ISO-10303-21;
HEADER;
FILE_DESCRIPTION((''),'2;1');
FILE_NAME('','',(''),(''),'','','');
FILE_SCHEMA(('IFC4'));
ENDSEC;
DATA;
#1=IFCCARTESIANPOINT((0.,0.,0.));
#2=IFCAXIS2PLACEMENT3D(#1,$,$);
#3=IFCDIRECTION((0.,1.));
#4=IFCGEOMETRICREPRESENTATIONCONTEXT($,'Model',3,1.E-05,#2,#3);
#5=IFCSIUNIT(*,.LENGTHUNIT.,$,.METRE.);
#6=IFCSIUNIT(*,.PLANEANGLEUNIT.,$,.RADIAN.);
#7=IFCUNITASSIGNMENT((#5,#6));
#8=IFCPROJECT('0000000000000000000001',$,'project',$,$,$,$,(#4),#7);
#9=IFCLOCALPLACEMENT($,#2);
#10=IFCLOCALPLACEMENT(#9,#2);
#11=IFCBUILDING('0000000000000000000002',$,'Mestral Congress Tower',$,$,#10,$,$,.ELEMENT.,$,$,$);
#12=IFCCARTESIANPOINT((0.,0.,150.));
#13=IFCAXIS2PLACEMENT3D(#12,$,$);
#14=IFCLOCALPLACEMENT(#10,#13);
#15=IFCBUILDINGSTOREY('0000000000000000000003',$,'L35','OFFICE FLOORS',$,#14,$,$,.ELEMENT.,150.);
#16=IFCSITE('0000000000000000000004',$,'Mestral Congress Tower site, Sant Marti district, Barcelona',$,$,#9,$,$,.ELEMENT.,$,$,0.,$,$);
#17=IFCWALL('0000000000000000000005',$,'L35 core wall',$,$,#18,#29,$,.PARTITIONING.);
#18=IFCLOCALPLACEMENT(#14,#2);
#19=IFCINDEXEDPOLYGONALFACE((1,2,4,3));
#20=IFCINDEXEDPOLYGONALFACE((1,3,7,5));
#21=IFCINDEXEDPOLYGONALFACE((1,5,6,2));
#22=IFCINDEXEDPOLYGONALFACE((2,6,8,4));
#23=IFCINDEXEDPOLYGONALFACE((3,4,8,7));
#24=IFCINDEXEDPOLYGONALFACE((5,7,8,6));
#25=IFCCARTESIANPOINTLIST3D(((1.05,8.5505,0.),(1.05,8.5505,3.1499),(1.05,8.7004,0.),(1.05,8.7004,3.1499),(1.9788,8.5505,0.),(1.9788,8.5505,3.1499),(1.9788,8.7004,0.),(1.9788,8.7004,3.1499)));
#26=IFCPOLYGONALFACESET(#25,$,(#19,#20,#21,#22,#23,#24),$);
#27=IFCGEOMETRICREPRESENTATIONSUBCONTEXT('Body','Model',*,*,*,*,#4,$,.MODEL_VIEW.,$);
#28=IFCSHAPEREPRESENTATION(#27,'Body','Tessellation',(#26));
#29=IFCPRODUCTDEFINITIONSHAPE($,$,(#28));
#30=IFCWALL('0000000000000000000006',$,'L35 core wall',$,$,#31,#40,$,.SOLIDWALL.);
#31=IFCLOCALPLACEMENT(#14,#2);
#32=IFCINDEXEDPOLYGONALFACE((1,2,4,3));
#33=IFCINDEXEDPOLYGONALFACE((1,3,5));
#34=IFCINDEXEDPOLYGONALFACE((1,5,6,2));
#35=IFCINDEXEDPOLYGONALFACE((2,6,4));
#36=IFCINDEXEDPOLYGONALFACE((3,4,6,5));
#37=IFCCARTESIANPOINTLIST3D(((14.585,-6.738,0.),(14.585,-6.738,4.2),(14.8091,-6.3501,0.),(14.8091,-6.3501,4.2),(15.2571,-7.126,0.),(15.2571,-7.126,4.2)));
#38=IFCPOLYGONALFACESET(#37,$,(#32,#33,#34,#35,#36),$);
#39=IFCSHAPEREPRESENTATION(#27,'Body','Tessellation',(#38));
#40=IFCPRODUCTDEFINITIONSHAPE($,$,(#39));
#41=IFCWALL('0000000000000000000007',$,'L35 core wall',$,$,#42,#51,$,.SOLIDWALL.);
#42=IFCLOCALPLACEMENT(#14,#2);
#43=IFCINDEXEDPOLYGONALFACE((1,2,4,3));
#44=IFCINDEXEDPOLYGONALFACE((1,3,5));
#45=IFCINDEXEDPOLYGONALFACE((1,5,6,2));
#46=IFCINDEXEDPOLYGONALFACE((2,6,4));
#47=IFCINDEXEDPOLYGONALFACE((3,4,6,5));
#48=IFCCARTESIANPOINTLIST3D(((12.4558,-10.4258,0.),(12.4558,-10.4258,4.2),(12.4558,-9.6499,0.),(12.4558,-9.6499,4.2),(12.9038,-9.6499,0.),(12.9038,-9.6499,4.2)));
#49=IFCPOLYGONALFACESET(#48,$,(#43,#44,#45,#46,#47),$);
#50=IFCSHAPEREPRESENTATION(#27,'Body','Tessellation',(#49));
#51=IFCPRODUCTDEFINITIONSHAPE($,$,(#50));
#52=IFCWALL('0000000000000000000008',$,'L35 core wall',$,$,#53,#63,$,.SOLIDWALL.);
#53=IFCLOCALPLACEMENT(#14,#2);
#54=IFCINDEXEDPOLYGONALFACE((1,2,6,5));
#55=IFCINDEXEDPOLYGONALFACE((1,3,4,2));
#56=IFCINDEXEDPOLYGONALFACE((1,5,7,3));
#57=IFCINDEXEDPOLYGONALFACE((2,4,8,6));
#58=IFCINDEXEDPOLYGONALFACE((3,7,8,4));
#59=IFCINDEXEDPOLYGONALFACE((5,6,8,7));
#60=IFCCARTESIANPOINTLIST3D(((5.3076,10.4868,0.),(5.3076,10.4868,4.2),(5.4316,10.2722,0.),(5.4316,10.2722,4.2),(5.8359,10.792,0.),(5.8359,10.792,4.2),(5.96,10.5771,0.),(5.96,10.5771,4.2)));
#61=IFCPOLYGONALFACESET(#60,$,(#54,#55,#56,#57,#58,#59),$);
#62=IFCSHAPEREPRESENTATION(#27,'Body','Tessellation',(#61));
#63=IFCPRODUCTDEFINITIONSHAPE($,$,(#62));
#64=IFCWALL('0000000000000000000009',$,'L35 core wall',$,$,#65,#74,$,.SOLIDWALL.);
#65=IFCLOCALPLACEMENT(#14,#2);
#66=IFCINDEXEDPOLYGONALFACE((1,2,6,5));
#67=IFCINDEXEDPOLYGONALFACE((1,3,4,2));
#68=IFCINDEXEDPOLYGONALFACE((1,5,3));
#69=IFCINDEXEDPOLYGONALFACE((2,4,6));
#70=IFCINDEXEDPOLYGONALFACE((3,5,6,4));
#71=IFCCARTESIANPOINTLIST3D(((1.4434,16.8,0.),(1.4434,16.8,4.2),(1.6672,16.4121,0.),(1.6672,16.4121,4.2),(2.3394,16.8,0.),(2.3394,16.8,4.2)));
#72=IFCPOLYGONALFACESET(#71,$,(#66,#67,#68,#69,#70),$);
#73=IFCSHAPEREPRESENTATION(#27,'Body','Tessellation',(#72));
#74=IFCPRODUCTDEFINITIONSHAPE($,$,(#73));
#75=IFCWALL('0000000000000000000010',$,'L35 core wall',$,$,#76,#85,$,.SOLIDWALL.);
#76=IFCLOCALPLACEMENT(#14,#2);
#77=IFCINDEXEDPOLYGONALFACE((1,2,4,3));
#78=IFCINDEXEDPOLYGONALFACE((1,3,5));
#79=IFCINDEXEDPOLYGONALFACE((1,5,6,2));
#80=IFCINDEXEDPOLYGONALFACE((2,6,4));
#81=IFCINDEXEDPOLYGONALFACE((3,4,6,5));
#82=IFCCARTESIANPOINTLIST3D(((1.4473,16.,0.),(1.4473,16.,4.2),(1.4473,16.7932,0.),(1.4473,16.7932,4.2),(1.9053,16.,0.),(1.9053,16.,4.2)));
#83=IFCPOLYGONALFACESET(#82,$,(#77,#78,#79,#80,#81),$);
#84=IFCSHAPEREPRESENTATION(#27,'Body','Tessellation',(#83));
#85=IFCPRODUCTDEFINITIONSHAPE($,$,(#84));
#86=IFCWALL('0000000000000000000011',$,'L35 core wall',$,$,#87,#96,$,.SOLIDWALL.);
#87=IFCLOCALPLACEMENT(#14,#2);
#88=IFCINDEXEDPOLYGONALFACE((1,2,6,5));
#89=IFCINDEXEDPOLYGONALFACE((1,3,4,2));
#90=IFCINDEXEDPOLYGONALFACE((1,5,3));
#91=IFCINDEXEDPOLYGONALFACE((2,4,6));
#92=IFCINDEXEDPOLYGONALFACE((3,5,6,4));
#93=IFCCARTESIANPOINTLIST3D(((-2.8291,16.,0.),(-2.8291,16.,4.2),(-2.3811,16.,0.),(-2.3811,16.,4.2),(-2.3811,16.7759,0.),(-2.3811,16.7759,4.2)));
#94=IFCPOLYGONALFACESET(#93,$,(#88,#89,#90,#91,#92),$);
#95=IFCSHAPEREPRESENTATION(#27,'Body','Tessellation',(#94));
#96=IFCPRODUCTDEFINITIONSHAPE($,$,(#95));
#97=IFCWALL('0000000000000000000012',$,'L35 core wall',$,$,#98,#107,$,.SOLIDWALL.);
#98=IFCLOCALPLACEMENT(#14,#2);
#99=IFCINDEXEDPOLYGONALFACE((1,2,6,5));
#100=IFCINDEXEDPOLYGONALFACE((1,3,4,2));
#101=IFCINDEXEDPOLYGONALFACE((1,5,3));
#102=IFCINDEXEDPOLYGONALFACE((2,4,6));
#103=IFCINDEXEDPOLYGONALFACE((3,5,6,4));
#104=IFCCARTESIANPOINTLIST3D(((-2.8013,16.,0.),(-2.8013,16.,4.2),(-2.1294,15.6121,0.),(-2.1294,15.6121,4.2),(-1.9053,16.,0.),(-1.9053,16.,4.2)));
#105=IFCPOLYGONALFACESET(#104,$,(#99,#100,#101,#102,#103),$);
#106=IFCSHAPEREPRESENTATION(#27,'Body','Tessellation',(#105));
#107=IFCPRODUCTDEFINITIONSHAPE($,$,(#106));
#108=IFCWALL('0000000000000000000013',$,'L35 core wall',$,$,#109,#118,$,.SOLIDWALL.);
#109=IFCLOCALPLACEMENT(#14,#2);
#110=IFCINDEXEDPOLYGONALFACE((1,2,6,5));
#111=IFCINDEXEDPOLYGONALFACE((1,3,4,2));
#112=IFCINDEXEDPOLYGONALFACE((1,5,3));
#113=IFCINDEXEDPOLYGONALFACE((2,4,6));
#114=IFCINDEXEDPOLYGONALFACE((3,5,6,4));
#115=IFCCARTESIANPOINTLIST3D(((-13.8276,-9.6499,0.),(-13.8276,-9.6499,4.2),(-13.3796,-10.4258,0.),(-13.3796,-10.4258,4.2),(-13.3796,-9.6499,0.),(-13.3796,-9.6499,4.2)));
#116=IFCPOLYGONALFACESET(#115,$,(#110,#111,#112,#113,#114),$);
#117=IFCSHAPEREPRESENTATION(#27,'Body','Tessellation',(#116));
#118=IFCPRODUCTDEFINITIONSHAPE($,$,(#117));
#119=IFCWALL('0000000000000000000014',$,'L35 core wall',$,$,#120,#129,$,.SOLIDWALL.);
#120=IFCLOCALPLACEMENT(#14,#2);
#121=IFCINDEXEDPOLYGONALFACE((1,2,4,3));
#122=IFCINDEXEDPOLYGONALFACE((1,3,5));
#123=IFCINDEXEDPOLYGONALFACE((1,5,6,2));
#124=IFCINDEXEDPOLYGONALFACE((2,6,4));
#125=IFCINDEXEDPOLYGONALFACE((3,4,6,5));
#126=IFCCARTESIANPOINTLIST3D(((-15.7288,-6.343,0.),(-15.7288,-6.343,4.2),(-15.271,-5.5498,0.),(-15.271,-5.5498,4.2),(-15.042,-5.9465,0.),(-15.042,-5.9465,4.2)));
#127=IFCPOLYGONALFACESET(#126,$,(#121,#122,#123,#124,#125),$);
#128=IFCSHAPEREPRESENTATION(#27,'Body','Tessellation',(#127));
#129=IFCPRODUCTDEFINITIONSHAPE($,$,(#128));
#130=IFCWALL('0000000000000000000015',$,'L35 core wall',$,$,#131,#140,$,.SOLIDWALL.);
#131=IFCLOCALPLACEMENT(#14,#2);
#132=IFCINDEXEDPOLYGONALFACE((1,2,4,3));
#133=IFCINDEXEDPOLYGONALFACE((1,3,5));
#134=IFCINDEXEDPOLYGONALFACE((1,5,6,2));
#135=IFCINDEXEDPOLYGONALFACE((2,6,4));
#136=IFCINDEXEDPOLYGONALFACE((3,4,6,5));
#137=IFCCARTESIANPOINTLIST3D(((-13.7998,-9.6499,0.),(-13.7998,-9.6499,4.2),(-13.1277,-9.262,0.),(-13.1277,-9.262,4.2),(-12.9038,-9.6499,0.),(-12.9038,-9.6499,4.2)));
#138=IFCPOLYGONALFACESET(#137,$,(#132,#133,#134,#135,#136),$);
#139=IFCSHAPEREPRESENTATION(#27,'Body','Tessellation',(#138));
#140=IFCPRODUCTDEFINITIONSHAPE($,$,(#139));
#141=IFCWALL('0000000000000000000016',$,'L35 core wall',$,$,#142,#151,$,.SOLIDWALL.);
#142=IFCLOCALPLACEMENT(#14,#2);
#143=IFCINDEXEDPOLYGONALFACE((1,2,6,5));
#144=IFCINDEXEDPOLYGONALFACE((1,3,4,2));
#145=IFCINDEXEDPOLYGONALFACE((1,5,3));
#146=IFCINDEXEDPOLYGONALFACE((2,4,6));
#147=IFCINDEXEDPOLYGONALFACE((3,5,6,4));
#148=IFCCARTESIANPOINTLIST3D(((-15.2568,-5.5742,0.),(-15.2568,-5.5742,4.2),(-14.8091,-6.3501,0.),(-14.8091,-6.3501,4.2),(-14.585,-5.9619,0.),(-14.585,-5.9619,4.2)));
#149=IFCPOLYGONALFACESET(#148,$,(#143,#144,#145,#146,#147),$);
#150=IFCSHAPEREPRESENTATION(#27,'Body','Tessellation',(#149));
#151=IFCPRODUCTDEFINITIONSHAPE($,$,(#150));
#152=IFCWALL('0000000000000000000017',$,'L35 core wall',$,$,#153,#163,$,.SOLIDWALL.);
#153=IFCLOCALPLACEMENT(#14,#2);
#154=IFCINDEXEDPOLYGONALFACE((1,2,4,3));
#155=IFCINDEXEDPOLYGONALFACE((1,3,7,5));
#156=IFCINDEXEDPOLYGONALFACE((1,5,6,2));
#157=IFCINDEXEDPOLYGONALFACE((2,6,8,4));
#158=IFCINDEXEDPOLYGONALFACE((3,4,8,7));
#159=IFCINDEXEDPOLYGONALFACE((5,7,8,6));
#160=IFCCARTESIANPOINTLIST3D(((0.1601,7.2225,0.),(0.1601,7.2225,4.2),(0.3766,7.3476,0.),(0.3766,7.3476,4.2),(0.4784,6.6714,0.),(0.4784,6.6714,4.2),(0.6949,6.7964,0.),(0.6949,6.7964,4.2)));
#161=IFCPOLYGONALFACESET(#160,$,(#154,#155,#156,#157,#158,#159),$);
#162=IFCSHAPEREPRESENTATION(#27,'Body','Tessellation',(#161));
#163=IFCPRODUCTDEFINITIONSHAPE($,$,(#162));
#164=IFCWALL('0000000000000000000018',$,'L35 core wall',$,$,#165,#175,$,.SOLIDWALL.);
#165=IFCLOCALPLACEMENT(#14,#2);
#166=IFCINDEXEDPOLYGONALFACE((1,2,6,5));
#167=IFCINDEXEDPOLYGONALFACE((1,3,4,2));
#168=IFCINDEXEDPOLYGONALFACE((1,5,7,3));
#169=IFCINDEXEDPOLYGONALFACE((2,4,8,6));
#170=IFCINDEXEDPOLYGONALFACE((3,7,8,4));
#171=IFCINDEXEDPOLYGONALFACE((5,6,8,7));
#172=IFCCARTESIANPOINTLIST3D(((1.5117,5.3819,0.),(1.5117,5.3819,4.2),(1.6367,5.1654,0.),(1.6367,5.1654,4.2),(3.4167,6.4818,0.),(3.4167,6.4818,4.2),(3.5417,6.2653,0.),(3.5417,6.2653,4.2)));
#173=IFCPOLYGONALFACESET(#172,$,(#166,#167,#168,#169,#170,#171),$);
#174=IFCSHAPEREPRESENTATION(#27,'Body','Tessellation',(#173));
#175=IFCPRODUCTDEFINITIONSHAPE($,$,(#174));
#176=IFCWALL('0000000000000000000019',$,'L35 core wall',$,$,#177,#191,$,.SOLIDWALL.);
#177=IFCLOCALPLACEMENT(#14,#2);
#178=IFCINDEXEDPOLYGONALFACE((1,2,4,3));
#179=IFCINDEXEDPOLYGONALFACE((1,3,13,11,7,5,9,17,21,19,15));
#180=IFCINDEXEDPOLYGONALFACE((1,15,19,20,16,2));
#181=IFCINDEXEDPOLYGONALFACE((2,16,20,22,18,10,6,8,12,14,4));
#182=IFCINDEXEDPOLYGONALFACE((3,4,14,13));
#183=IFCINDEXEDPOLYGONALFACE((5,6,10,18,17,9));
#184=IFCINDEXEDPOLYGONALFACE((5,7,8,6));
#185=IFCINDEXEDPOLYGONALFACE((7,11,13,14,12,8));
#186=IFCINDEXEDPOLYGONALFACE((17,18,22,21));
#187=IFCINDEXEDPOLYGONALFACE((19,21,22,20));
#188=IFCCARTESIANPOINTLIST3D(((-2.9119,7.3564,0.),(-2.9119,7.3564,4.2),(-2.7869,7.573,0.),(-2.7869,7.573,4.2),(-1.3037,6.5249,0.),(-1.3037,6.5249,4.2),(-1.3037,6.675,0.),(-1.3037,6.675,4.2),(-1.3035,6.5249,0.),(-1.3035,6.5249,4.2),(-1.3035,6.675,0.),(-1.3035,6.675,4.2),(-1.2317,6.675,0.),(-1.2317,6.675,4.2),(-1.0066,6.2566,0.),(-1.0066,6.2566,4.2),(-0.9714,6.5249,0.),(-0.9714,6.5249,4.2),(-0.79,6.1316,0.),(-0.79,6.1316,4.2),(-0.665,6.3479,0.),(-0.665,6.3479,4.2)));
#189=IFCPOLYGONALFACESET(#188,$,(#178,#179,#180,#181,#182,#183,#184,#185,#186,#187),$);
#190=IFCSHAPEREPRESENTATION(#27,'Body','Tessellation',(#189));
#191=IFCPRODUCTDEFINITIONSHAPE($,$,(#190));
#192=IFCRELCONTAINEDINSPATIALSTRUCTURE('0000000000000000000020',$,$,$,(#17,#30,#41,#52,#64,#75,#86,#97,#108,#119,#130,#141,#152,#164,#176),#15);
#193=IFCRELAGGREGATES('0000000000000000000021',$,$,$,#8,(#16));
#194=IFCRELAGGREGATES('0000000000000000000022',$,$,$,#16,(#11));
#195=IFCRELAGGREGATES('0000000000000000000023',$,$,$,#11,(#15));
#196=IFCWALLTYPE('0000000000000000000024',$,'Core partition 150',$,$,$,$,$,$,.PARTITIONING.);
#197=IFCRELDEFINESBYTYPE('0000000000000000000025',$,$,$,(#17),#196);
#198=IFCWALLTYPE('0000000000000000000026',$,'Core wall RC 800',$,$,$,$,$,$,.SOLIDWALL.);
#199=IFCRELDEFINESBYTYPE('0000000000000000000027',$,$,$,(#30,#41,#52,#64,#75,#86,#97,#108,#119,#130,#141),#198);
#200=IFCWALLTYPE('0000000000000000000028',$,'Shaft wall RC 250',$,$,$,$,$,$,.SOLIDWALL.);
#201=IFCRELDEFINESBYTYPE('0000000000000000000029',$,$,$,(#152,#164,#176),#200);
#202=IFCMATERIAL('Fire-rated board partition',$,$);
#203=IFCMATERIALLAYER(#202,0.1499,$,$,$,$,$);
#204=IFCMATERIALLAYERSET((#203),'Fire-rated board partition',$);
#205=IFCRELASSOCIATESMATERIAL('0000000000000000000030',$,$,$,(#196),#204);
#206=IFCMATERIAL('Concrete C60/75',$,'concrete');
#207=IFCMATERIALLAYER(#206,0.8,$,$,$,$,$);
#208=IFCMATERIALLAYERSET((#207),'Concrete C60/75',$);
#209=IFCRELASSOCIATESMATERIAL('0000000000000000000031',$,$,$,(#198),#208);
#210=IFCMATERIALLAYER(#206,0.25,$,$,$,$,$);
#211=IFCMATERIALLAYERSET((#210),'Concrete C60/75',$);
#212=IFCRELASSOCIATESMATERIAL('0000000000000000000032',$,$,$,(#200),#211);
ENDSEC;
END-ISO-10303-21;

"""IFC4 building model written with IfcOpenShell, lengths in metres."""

from ifc_helpers import new_model, si_unit, direction, frame, frame_2d, origin, place, context, subcontext, project, spatial, polyline, rectangle, outline, extrude, material, layer, layer_set, type_object, element, save


model = new_model("IFC4")

# Units and contexts
model_context = context("Model", 3, precision=1e-05, world=origin(), true_north=direction((0.0, 1.0)))
body_context = subcontext(model_context, "Body", "Model", "MODEL_VIEW")
ifc_project = project(units=[si_unit("LENGTHUNIT", "METRE"), si_unit("PLANEANGLEUNIT", "RADIAN")], contexts=[model_context])

# Site, building, storey
site_placement = place(None, origin())
site = spatial("IfcSite", under=ifc_project, at=site_placement, Name="Mestral Congress Tower site, Sant Marti district, Barcelona", CompositionType="ELEMENT", RefElevation=0.0)
building_placement = place(site_placement, origin())
building = spatial("IfcBuilding", under=site, at=building_placement, Name="Mestral Congress Tower", CompositionType="ELEMENT")
storey_placement = place(building_placement, frame((0.0, 0.0, 150.0)))
storey = spatial("IfcBuildingStorey", under=building, at=storey_placement, Name="L35", Description="OFFICE FLOORS", CompositionType="ELEMENT", Elevation=150.0)

# Walls
ifc_material_1 = material(Name="Fire-rated board partition")
ifc_layer_1 = layer(ifc_material_1, 0.1499)
ifc_layer_set_1 = layer_set([ifc_layer_1], Name="Fire-rated board partition")
wall_type_1 = type_object("IfcWallType", Name="Core partition 150", PredefinedType="PARTITIONING", material=ifc_layer_set_1)
wall_1_placement = place(storey_placement, frame((1.05, 8.6255, 0.0), z_axis=(0.0, 0.0, 1.0), x_axis=(1.0, 0.0, 0.0)))
element("IfcWall", 1, at=wall_1_placement, inside=storey, type_object=wall_type_1, Name="L35 core wall", PredefinedType="PARTITIONING", context=body_context, shape_type="SweptSolid", body=[
    extrude(rectangle(XDim=0.9287, YDim=0.1499, at=frame_2d((0.4644, 0.0))), origin(), (0.0, 0.0, 1.0), 3.1499),
])
ifc_material_2 = material(Name="Concrete C60/75", Category="concrete")
ifc_layer_2 = layer(ifc_material_2, 0.8)
ifc_layer_set_2 = layer_set([ifc_layer_2], Name="Concrete C60/75")
wall_type_2 = type_object("IfcWallType", Name="Core wall RC 800", PredefinedType="SOLIDWALL", material=ifc_layer_set_2)
placement = place(storey_placement, origin())
element("IfcWall", 2, at=placement, inside=storey, type_object=wall_type_2, Name="L35 core wall", PredefinedType="SOLIDWALL", context=body_context, shape_type="SweptSolid", body=[
    extrude(outline(polyline([(14.8091, -6.3501), (15.2571, -7.126), (14.585, -6.738), (14.8091, -6.3501)])), origin(), (0.0, 0.0, 1.0), 4.2),
])
element("IfcWall", 3, at=placement, inside=storey, type_object=wall_type_2, Name="L35 core wall", PredefinedType="SOLIDWALL", context=body_context, shape_type="SweptSolid", body=[
    extrude(outline(polyline([(12.9038, -9.6499), (12.4558, -10.4258), (12.4558, -9.6499), (12.9038, -9.6499)])), origin(), (0.0, 0.0, 1.0), 4.2),
])
element("IfcWall", 4, at=placement, inside=storey, type_object=wall_type_2, Name="L35 core wall", PredefinedType="SOLIDWALL", context=body_context, shape_type="SweptSolid", body=[
    extrude(outline(polyline([(5.4316, 10.2722), (5.3076, 10.4868), (5.8359, 10.792), (5.96, 10.5771), (5.4316, 10.2722)])), origin(), (0.0, 0.0, 1.0), 4.2),
])
element("IfcWall", 5, at=placement, inside=storey, type_object=wall_type_2, Name="L35 core wall", PredefinedType="SOLIDWALL", context=body_context, shape_type="SweptSolid", body=[
    extrude(outline(polyline([(1.4434, 16.8), (2.3394, 16.8), (1.6672, 16.4121), (1.4434, 16.8)])), origin(), (0.0, 0.0, 1.0), 4.2),
])
element("IfcWall", 6, at=placement, inside=storey, type_object=wall_type_2, Name="L35 core wall", PredefinedType="SOLIDWALL", context=body_context, shape_type="SweptSolid", body=[
    extrude(outline(polyline([(1.9053, 16.0), (1.4473, 16.0), (1.4473, 16.7932), (1.9053, 16.0)])), origin(), (0.0, 0.0, 1.0), 4.2),
])
element("IfcWall", 7, at=placement, inside=storey, type_object=wall_type_2, Name="L35 core wall", PredefinedType="SOLIDWALL", context=body_context, shape_type="SweptSolid", body=[
    extrude(outline(polyline([(-2.8291, 16.0), (-2.3811, 16.7759), (-2.3811, 16.0), (-2.8291, 16.0)])), origin(), (0.0, 0.0, 1.0), 4.2),
])
element("IfcWall", 8, at=placement, inside=storey, type_object=wall_type_2, Name="L35 core wall", PredefinedType="SOLIDWALL", context=body_context, shape_type="SweptSolid", body=[
    extrude(outline(polyline([(-1.9053, 16.0), (-2.1294, 15.6121), (-2.8013, 16.0), (-1.9053, 16.0)])), origin(), (0.0, 0.0, 1.0), 4.2),
])
element("IfcWall", 9, at=placement, inside=storey, type_object=wall_type_2, Name="L35 core wall", PredefinedType="SOLIDWALL", context=body_context, shape_type="SweptSolid", body=[
    extrude(outline(polyline([(-13.8276, -9.6499), (-13.3796, -9.6499), (-13.3796, -10.4258), (-13.8276, -9.6499)])), origin(), (0.0, 0.0, 1.0), 4.2),
])
element("IfcWall", 10, at=placement, inside=storey, type_object=wall_type_2, Name="L35 core wall", PredefinedType="SOLIDWALL", context=body_context, shape_type="SweptSolid", body=[
    extrude(outline(polyline([(-15.042, -5.9465), (-15.7288, -6.343), (-15.271, -5.5498), (-15.042, -5.9465)])), origin(), (0.0, 0.0, 1.0), 4.2),
])
element("IfcWall", 11, at=placement, inside=storey, type_object=wall_type_2, Name="L35 core wall", PredefinedType="SOLIDWALL", context=body_context, shape_type="SweptSolid", body=[
    extrude(outline(polyline([(-12.9038, -9.6499), (-13.7998, -9.6499), (-13.1277, -9.262), (-12.9038, -9.6499)])), origin(), (0.0, 0.0, 1.0), 4.2),
])
element("IfcWall", 12, at=placement, inside=storey, type_object=wall_type_2, Name="L35 core wall", PredefinedType="SOLIDWALL", context=body_context, shape_type="SweptSolid", body=[
    extrude(outline(polyline([(-14.8091, -6.3501), (-15.2568, -5.5742), (-14.585, -5.9619), (-14.8091, -6.3501)])), origin(), (0.0, 0.0, 1.0), 4.2),
])
ifc_layer_3 = layer(ifc_material_2, 0.25)
ifc_layer_set_3 = layer_set([ifc_layer_3], Name="Concrete C60/75")
wall_type_3 = type_object("IfcWallType", Name="Shaft wall RC 250", PredefinedType="SOLIDWALL", material=ifc_layer_set_3)
wall_2_placement = place(storey_placement, frame((0.2683, 7.2852, 0.0), z_axis=(0.0, 0.0, 1.0), x_axis=(0.500099, -0.865968, 0.0)))
element("IfcWall", 13, at=wall_2_placement, inside=storey, type_object=wall_type_3, Name="L35 core wall", PredefinedType="SOLIDWALL", context=body_context, shape_type="SweptSolid", body=[
    extrude(rectangle(XDim=0.6365, YDim=0.25, at=frame_2d((0.3184, 0.0))), origin(), (0.0, 0.0, 1.0), 4.2),
])
wall_3_placement = place(storey_placement, frame((1.5742, 5.2737, 0.0), z_axis=(0.0, 0.0, 1.0), x_axis=(0.866028, 0.499995, 0.0)))
element("IfcWall", 14, at=wall_3_placement, inside=storey, type_object=wall_type_3, Name="L35 core wall", PredefinedType="SOLIDWALL", context=body_context, shape_type="SweptSolid", body=[
    extrude(rectangle(XDim=2.1997, YDim=0.25, at=frame_2d((1.0999, 0.0))), origin(), (0.0, 0.0, 1.0), 4.2),
])
element("IfcWall", 15, at=placement, inside=storey, type_object=wall_type_3, Name="L35 core wall", PredefinedType="SOLIDWALL", context=body_context, shape_type="SweptSolid", body=[
    extrude(outline(polyline([(-2.9119, 7.3564), (-2.7869, 7.573), (-1.2317, 6.675), (-1.3035, 6.675), (-1.3037, 6.675), (-1.3037, 6.675), (-1.3037, 6.5249), (-1.3037, 6.5249), (-1.3035, 6.5249), (-0.9714, 6.5249), (-0.665, 6.3479), (-0.79, 6.1316), (-1.0066, 6.2566), (-1.0066, 6.2566), (-2.9119, 7.3564)])), origin(), (0.0, 0.0, 1.0), 4.2),
])

save(model, "model.ifc")
